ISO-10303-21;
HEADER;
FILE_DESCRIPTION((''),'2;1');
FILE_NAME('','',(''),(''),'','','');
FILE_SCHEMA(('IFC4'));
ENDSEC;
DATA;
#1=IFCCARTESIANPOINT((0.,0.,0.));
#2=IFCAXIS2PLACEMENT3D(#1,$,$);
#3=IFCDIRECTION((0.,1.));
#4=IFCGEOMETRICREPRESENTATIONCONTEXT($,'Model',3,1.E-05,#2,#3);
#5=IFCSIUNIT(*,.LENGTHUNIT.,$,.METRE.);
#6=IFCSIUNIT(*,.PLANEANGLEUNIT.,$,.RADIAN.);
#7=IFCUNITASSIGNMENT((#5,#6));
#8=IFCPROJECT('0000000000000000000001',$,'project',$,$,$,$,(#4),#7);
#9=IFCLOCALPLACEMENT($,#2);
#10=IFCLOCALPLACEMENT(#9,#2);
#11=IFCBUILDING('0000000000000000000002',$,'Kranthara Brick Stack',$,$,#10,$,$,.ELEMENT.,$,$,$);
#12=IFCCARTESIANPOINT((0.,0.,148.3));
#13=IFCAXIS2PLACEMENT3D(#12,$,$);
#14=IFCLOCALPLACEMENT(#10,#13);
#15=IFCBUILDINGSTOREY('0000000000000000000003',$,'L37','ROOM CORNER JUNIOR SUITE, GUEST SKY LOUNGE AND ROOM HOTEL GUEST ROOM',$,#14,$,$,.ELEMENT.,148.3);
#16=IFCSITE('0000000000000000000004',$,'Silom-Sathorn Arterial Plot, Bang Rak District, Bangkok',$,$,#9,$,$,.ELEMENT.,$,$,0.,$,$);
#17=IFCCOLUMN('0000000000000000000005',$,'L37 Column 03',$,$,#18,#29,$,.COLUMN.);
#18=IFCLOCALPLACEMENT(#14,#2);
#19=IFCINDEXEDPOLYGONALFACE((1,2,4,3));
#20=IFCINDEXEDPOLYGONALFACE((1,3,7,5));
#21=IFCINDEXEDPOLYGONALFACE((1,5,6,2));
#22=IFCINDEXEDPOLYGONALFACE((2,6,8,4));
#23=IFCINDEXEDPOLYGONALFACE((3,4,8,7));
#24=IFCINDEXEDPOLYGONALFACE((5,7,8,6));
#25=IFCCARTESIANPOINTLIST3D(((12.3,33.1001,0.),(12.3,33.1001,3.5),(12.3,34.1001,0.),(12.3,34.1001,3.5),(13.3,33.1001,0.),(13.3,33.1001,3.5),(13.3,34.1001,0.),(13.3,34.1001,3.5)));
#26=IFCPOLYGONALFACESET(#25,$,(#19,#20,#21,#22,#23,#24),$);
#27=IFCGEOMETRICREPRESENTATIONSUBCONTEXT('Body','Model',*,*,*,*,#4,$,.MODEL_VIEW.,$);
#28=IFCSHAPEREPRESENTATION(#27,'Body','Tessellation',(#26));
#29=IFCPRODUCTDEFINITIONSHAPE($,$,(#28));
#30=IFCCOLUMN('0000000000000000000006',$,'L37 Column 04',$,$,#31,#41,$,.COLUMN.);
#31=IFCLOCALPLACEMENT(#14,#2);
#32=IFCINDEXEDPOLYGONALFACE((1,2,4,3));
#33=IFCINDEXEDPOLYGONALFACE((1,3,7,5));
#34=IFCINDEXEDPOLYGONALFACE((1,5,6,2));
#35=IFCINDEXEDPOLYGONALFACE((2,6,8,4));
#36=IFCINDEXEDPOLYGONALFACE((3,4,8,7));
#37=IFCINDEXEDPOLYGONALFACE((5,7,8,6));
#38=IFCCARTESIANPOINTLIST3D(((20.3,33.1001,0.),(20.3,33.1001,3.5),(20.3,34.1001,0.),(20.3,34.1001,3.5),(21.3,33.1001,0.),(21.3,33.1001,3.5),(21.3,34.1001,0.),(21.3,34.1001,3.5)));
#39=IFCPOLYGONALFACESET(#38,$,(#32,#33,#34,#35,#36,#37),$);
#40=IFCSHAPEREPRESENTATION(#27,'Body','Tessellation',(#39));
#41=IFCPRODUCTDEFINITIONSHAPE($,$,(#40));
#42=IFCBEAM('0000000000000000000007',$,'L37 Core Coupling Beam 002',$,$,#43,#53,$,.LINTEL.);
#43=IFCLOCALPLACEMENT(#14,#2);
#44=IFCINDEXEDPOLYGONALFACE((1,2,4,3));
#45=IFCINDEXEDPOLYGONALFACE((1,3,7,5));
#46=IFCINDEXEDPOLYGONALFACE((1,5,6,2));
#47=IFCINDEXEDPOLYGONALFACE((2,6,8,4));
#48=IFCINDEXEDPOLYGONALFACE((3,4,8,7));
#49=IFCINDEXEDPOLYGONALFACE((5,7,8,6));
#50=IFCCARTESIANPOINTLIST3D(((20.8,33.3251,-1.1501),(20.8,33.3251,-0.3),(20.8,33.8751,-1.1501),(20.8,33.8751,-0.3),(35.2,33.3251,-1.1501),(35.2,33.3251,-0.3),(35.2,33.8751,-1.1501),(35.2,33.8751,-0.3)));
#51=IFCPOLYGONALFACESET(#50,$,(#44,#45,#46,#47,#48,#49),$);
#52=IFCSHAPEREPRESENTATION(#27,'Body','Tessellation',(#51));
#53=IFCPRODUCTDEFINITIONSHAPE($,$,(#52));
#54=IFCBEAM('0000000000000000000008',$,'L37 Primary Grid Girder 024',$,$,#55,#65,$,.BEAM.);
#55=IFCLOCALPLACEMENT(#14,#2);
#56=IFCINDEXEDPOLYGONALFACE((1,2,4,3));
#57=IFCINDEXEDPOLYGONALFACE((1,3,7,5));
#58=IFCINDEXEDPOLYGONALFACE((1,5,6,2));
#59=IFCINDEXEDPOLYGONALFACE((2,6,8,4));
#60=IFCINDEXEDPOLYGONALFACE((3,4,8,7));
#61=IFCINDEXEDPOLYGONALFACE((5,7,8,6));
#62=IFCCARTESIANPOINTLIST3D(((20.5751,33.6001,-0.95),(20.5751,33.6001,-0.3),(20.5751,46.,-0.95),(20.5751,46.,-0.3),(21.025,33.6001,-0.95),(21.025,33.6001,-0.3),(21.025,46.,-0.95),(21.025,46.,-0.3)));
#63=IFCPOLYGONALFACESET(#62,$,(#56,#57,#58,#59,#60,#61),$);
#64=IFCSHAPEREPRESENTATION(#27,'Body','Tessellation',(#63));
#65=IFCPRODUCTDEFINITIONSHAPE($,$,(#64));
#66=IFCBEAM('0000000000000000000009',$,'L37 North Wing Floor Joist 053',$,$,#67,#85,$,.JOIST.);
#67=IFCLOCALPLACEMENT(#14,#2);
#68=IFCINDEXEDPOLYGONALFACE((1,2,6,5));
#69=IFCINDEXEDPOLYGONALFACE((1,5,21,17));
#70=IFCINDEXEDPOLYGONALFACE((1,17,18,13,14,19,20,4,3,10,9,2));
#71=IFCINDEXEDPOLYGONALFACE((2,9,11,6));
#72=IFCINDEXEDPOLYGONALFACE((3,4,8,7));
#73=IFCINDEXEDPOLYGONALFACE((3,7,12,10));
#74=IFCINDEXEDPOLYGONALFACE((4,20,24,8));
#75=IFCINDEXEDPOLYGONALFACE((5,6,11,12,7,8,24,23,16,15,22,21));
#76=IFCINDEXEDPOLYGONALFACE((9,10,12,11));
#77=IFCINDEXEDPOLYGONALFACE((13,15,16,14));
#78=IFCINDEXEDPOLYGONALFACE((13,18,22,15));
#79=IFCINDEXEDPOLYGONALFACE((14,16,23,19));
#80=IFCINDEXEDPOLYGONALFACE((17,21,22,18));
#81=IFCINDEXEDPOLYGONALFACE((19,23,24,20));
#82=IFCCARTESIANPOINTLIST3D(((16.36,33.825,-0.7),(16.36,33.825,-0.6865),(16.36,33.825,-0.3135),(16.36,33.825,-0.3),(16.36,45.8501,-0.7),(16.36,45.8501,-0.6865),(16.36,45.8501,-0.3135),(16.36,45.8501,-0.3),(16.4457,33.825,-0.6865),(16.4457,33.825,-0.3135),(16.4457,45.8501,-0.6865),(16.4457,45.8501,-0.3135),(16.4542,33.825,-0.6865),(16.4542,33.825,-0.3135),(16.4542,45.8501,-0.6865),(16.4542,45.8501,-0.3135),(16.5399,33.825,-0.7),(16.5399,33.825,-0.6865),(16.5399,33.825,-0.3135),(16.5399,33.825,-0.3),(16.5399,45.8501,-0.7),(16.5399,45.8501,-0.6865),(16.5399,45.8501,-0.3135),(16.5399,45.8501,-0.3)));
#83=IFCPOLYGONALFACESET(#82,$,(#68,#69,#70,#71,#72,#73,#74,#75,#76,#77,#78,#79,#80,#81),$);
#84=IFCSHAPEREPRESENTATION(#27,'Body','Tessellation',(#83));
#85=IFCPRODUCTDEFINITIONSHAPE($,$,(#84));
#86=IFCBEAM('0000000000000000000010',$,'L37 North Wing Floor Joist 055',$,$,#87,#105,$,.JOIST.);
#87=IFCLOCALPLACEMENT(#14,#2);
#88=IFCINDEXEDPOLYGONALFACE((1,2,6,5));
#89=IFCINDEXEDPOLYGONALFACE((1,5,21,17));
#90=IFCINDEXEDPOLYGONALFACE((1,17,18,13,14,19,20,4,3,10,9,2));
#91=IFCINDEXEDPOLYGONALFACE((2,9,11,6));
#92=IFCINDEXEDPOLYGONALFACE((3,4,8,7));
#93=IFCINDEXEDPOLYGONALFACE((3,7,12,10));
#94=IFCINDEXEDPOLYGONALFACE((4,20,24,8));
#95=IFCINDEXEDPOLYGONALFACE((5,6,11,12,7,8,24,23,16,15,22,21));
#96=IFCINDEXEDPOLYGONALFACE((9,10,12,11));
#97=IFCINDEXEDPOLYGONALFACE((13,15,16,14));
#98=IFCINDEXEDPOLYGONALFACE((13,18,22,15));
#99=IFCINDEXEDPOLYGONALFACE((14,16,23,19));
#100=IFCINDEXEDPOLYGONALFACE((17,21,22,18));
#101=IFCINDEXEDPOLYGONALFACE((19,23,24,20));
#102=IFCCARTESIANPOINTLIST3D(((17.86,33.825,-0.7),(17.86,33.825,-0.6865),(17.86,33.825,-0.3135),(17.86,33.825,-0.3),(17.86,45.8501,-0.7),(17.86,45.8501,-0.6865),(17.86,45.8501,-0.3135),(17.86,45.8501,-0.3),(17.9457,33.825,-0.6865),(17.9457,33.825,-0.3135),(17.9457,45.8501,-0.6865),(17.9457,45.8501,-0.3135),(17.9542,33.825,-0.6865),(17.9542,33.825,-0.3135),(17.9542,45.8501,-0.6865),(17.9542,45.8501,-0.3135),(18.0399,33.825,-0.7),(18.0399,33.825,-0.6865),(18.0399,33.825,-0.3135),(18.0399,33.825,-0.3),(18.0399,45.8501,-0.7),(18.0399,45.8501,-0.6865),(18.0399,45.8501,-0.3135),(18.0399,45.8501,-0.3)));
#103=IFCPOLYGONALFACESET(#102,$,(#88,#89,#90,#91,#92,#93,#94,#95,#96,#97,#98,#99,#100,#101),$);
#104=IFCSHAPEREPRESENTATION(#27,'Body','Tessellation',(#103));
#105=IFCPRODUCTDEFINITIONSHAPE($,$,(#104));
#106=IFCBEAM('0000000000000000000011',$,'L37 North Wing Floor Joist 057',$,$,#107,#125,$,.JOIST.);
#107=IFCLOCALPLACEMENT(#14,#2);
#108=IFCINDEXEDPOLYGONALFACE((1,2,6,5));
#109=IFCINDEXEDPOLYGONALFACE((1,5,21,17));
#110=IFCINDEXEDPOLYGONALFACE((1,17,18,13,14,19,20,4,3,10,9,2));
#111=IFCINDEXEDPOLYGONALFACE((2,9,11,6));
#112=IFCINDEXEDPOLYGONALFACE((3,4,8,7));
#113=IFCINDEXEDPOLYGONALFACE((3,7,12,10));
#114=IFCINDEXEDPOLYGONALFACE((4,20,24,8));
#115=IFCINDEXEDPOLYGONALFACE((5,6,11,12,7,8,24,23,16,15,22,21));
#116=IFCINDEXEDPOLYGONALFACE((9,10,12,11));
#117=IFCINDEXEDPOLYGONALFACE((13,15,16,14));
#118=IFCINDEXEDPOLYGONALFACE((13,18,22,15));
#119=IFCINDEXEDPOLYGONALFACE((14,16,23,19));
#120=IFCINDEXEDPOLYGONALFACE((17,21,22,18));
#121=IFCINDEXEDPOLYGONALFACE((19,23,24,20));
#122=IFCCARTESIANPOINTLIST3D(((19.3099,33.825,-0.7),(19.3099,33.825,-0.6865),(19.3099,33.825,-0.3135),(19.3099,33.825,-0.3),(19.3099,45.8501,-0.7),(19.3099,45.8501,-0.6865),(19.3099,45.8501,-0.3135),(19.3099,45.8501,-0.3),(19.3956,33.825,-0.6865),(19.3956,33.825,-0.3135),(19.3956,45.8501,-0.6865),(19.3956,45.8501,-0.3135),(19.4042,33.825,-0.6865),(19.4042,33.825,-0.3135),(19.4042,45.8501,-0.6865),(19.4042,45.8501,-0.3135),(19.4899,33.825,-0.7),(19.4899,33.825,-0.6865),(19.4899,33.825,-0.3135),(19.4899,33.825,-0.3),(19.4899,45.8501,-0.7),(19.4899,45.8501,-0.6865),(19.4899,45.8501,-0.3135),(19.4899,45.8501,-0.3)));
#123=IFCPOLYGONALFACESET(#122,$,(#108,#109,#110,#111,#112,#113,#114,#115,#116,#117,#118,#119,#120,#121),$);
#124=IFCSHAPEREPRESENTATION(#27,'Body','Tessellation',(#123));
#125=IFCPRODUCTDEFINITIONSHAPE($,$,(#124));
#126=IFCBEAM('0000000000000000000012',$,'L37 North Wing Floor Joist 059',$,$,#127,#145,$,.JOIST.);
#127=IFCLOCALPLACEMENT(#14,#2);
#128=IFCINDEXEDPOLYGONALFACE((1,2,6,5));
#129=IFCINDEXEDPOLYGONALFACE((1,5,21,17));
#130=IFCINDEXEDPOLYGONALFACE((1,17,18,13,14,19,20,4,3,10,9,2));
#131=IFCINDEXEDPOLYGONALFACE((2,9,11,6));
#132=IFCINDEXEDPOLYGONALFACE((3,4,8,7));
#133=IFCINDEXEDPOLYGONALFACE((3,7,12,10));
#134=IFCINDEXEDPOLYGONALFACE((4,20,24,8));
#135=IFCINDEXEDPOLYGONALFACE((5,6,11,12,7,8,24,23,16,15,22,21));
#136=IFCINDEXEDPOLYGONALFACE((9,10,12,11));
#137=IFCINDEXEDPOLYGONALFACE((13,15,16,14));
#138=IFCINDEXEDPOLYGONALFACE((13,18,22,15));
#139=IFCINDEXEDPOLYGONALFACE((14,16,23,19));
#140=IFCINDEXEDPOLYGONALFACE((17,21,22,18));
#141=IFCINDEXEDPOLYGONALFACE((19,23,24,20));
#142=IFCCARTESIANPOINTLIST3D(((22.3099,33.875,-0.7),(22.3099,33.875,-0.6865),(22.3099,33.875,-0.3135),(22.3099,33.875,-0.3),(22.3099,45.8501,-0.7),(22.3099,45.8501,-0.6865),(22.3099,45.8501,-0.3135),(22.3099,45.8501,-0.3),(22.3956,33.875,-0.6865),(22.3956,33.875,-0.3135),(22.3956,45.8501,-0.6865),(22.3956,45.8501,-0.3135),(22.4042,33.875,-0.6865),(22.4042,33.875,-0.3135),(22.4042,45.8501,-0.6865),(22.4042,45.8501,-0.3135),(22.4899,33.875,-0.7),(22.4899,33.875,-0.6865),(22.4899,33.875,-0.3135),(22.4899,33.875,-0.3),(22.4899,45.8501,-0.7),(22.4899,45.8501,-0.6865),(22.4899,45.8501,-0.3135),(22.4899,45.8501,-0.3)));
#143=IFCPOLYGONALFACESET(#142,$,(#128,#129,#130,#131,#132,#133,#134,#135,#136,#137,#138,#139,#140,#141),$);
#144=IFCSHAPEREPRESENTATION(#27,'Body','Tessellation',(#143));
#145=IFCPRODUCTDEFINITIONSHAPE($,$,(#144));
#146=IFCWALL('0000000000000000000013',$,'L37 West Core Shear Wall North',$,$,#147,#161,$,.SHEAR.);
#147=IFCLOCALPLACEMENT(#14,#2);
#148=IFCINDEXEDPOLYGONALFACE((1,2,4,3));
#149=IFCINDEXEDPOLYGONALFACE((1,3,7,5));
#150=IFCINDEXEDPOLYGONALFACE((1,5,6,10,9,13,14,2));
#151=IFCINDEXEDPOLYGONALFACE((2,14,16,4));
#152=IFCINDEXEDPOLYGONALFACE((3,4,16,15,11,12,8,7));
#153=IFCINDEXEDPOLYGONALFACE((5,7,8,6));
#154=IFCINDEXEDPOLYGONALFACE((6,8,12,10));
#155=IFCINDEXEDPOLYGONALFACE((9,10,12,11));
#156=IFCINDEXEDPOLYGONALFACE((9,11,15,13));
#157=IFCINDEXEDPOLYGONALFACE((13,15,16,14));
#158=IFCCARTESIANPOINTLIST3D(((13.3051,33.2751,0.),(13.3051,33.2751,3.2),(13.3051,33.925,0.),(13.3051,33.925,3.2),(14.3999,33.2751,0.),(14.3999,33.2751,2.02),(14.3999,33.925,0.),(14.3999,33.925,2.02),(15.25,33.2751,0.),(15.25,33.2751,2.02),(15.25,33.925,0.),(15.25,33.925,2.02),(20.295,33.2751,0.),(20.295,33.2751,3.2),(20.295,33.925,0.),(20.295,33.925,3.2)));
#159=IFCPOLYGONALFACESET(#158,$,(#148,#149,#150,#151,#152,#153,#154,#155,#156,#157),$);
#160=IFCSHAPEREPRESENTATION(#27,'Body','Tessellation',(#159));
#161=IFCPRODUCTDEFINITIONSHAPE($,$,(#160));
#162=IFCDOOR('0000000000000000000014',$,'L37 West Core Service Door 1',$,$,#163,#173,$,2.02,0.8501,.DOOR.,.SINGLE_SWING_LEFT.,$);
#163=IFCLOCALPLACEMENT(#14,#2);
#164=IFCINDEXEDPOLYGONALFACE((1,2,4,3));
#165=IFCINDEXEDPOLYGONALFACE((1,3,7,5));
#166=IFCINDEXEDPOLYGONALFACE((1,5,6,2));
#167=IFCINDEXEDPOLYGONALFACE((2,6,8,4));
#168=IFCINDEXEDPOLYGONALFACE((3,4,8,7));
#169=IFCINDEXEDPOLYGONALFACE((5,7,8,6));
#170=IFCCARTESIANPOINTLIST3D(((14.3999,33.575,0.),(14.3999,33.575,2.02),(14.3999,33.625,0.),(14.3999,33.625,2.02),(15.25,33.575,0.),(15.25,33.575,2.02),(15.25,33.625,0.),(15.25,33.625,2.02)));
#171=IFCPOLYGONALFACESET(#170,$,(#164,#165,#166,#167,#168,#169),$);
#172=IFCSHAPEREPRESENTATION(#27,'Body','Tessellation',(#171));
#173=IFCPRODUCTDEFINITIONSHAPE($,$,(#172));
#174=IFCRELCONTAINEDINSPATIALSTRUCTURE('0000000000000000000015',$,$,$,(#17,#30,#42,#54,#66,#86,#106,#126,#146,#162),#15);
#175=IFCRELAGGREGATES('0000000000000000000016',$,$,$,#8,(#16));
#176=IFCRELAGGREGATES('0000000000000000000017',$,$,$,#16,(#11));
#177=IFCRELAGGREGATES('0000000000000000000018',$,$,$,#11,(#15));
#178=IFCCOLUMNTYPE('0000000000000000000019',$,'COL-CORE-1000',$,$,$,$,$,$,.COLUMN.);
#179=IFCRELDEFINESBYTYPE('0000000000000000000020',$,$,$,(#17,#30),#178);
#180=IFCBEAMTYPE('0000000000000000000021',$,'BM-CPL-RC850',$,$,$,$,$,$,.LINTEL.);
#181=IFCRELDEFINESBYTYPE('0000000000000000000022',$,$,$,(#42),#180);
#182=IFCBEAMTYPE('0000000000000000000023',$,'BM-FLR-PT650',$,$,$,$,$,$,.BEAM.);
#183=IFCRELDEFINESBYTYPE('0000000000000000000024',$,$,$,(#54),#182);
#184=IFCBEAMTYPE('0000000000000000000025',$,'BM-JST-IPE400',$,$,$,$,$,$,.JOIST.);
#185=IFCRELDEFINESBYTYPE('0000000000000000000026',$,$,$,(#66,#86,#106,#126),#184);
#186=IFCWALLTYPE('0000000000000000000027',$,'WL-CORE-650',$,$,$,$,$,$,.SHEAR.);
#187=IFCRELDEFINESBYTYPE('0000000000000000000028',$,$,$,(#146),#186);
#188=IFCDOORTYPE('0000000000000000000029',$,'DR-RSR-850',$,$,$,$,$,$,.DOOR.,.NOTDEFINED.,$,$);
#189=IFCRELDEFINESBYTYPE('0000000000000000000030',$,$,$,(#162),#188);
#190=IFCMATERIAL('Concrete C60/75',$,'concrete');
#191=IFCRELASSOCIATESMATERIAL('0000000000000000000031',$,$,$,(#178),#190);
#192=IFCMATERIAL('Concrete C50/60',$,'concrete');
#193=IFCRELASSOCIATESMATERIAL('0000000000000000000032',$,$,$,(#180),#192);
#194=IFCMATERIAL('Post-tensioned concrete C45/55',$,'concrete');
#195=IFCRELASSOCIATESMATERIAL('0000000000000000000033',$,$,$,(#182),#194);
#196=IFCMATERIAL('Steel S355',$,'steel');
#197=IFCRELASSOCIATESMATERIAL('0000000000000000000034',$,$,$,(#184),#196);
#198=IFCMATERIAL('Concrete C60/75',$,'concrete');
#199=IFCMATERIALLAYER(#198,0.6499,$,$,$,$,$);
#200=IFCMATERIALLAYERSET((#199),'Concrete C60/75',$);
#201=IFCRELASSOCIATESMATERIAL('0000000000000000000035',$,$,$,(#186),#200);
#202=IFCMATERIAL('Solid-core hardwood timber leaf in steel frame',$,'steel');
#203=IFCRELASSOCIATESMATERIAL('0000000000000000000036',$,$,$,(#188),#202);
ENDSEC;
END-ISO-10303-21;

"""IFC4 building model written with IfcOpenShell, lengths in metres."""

from ifc_helpers import new_model, si_unit, direction, frame, frame_2d, origin, origin_2d, place, context, subcontext, project, spatial, rectangle, i_section, extrude, material, layer, layer_set, material_profile, profile_set, type_object, element, fill, save


model = new_model("IFC4")

# Units and contexts
model_context = context("Model", 3, precision=1e-05, world=origin(), true_north=direction((0.0, 1.0)))
body_context = subcontext(model_context, "Body", "Model", "MODEL_VIEW")
ifc_project = project(units=[si_unit("LENGTHUNIT", "METRE"), si_unit("PLANEANGLEUNIT", "RADIAN")], contexts=[model_context])

# Site, building, storey
site_placement = place(None, origin())
site = spatial("IfcSite", under=ifc_project, at=site_placement, Name="Silom-Sathorn Arterial Plot, Bang Rak District, Bangkok", CompositionType="ELEMENT", RefElevation=0.0)
building_placement = place(site_placement, origin())
building = spatial("IfcBuilding", under=site, at=building_placement, Name="Kranthara Brick Stack", CompositionType="ELEMENT")
storey_placement = place(building_placement, frame((0.0, 0.0, 148.3)))
storey = spatial("IfcBuildingStorey", under=building, at=storey_placement, Name="L37", Description="ROOM CORNER JUNIOR SUITE, GUEST SKY LOUNGE AND ROOM HOTEL GUEST ROOM", CompositionType="ELEMENT", Elevation=148.3)

# Columns
ifc_material_1 = material(Name="Concrete C60/75", Category="concrete")
ifc_material_profile_1 = material_profile(ifc_material_1, rectangle(XDim=1.0, YDim=1.0, at=origin_2d()), Name="RC 1000x1000")
ifc_profile_set_1 = profile_set([ifc_material_profile_1], Name="Concrete C60/75")
column_type = type_object("IfcColumnType", Name="COL-CORE-1000", PredefinedType="COLUMN", material=ifc_profile_set_1)
for number, where, z_axis, x_axis, name in (
    (1, (12.8, 33.6001, 0.0), (0.0, 0.0, 1.0), (1.0, 0.0, 0.0), "L37 Column 03"),
    (2, (20.8, 33.6001, 0.0), (0.0, 0.0, 1.0), (1.0, 0.0, 0.0), "L37 Column 04"),
):
    element("IfcColumn", number, at=place(storey_placement, frame(where, z_axis=z_axis, x_axis=x_axis)), inside=storey, type_object=column_type, Name=name, PredefinedType="COLUMN", context=body_context, shape_type="SweptSolid", body=[
        extrude(rectangle(XDim=1.0, YDim=1.0, at=origin_2d()), origin(), (0.0, 0.0, 1.0), 3.5),
    ])

# Beams
ifc_material_2 = material(Name="Concrete C50/60", Category="concrete")
ifc_material_profile_2 = material_profile(ifc_material_2, rectangle(XDim=0.55, YDim=0.8501, at=origin_2d()), Name="RC 550x850")
ifc_profile_set_2 = profile_set([ifc_material_profile_2], Name="Concrete C50/60")
beam_type_1 = type_object("IfcBeamType", Name="BM-CPL-RC850", PredefinedType="LINTEL", material=ifc_profile_set_2)
beam_1_placement = place(storey_placement, frame((20.8, 33.6001, -0.7251), z_axis=(1.0, 0.0, 0.0), x_axis=(0.0, 1.0, 0.0)))
element("IfcBeam", 3, at=beam_1_placement, inside=storey, type_object=beam_type_1, Name="L37 Core Coupling Beam 002", PredefinedType="LINTEL", context=body_context, shape_type="SweptSolid", body=[
    extrude(rectangle(XDim=0.55, YDim=0.8501, at=origin_2d()), origin(), (0.0, 0.0, 1.0), 14.3999),
])
ifc_material_3 = material(Name="Post-tensioned concrete C45/55", Category="concrete")
ifc_material_profile_3 = material_profile(ifc_material_3, rectangle(XDim=0.45, YDim=0.6499, at=origin_2d()), Name="PT 450x650")
ifc_profile_set_3 = profile_set([ifc_material_profile_3], Name="Post-tensioned concrete C45/55")
beam_type_2 = type_object("IfcBeamType", Name="BM-FLR-PT650", PredefinedType="BEAM", material=ifc_profile_set_3)
beam_2_placement = place(storey_placement, frame((20.8, 33.6001, -0.625), z_axis=(0.0, 1.0, 0.0), x_axis=(-1.0, 0.0, 0.0)))
element("IfcBeam", 4, at=beam_2_placement, inside=storey, type_object=beam_type_2, Name="L37 Primary Grid Girder 024", PredefinedType="BEAM", context=body_context, shape_type="SweptSolid", body=[
    extrude(rectangle(XDim=0.45, YDim=0.6499, at=origin_2d()), origin(), (0.0, 0.0, 1.0), 12.3999),
])
ifc_material_4 = material(Name="Steel S355", Category="steel")
ifc_material_profile_4 = material_profile(ifc_material_4, i_section(OverallWidth=0.1799, OverallDepth=0.3999, WebThickness=0.0085, FlangeThickness=0.0134, at=origin_2d()), Name="IPE 400")
ifc_profile_set_4 = profile_set([ifc_material_profile_4], Name="Steel S355")
beam_type_3 = type_object("IfcBeamType", Name="BM-JST-IPE400", PredefinedType="JOIST", material=ifc_profile_set_4)
for number, where, z_axis, x_axis, name in (
    (5, (16.45, 33.825, -0.5), (0.0, 1.0, 0.0), (-1.0, 0.0, 0.0), "L37 North Wing Floor Joist 053"),
    (6, (17.95, 33.825, -0.5), (0.0, 1.0, 0.0), (-1.0, 0.0, 0.0), "L37 North Wing Floor Joist 055"),
    (7, (19.3999, 33.825, -0.5), (0.0, 1.0, 0.0), (-1.0, 0.0, 0.0), "L37 North Wing Floor Joist 057"),
):
    element("IfcBeam", number, at=place(storey_placement, frame(where, z_axis=z_axis, x_axis=x_axis)), inside=storey, type_object=beam_type_3, Name=name, PredefinedType="JOIST", context=body_context, shape_type="SweptSolid", body=[
        extrude(i_section(OverallWidth=0.1799, OverallDepth=0.3999, WebThickness=0.0085, FlangeThickness=0.0134, at=origin_2d()), origin(), (0.0, 0.0, 1.0), 12.0251),
    ])
beam_3_placement = place(storey_placement, frame((22.3999, 33.875, -0.5), z_axis=(0.0, 1.0, 0.0), x_axis=(-1.0, 0.0, 0.0)))
element("IfcBeam", 8, at=beam_3_placement, inside=storey, type_object=beam_type_3, Name="L37 North Wing Floor Joist 059", PredefinedType="JOIST", context=body_context, shape_type="SweptSolid", body=[
    extrude(i_section(OverallWidth=0.1799, OverallDepth=0.3999, WebThickness=0.0085, FlangeThickness=0.0134, at=origin_2d()), origin(), (0.0, 0.0, 1.0), 11.9751),
])

# Wall, opening, door
ifc_material_5 = material(Name="Concrete C60/75", Category="concrete")
ifc_layer_1 = layer(ifc_material_5, 0.6499)
ifc_layer_set_1 = layer_set([ifc_layer_1], Name="Concrete C60/75")
wall_type_1 = type_object("IfcWallType", Name="WL-CORE-650", PredefinedType="SHEAR", material=ifc_layer_set_1)
wall_1_placement = place(storey_placement, frame((13.3049, 33.6001, 0.0), z_axis=(0.0, 0.0, 1.0), x_axis=(1.0, 0.0, 0.0)))
wall_1 = element("IfcWall", 9, at=wall_1_placement, inside=storey, type_object=wall_type_1, Name="L37 West Core Shear Wall North", PredefinedType="SHEAR", context=body_context, shape_type="SweptSolid", body=[
    extrude(rectangle(XDim=6.99, YDim=0.6499, at=frame_2d((3.4951, 0.0))), origin(), (0.0, 0.0, 1.0), 3.2),
])
opening_1_placement = place(wall_1_placement, frame((1.095, 0.0, 0.0)))
opening_1 = element("IfcOpeningElement", 10, at=opening_1_placement, cuts=wall_1, PredefinedType="OPENING", context=body_context, shape_type="SweptSolid", body=[
    extrude(rectangle(XDim=0.8501, YDim=2.02, at=frame_2d((0.425, 1.01))), frame((0.0, 0.335, 0.0), z_axis=(0.0, -1.0, 0.0), x_axis=(1.0, 0.0, 0.0)), (0.0, 0.0, 1.0), 0.6699),
])
ifc_material_6 = material(Name="Solid-core hardwood timber leaf in steel frame", Category="steel")
door_type_1 = type_object("IfcDoorType", Name="DR-RSR-850", OperationType="NOTDEFINED", PredefinedType="DOOR", material=ifc_material_6)
door_1_placement = place(opening_1_placement, origin())
door_1 = element("IfcDoor", 11, at=door_1_placement, inside=storey, type_object=door_type_1, Name="L37 West Core Service Door 1", OperationType="SINGLE_SWING_LEFT", OverallHeight=2.02, OverallWidth=0.8501, PredefinedType="DOOR", context=body_context, shape_type="SweptSolid", body=[
    extrude(rectangle(XDim=0.8501, YDim=2.02, at=frame_2d((0.425, 1.01))), frame((0.0, 0.0249, 0.0), z_axis=(0.0, -1.0, 0.0), x_axis=(1.0, 0.0, 0.0)), (0.0, 0.0, 1.0), 0.05),
])
fill(opening_1, door_1)

save(model, "model.ifc")
